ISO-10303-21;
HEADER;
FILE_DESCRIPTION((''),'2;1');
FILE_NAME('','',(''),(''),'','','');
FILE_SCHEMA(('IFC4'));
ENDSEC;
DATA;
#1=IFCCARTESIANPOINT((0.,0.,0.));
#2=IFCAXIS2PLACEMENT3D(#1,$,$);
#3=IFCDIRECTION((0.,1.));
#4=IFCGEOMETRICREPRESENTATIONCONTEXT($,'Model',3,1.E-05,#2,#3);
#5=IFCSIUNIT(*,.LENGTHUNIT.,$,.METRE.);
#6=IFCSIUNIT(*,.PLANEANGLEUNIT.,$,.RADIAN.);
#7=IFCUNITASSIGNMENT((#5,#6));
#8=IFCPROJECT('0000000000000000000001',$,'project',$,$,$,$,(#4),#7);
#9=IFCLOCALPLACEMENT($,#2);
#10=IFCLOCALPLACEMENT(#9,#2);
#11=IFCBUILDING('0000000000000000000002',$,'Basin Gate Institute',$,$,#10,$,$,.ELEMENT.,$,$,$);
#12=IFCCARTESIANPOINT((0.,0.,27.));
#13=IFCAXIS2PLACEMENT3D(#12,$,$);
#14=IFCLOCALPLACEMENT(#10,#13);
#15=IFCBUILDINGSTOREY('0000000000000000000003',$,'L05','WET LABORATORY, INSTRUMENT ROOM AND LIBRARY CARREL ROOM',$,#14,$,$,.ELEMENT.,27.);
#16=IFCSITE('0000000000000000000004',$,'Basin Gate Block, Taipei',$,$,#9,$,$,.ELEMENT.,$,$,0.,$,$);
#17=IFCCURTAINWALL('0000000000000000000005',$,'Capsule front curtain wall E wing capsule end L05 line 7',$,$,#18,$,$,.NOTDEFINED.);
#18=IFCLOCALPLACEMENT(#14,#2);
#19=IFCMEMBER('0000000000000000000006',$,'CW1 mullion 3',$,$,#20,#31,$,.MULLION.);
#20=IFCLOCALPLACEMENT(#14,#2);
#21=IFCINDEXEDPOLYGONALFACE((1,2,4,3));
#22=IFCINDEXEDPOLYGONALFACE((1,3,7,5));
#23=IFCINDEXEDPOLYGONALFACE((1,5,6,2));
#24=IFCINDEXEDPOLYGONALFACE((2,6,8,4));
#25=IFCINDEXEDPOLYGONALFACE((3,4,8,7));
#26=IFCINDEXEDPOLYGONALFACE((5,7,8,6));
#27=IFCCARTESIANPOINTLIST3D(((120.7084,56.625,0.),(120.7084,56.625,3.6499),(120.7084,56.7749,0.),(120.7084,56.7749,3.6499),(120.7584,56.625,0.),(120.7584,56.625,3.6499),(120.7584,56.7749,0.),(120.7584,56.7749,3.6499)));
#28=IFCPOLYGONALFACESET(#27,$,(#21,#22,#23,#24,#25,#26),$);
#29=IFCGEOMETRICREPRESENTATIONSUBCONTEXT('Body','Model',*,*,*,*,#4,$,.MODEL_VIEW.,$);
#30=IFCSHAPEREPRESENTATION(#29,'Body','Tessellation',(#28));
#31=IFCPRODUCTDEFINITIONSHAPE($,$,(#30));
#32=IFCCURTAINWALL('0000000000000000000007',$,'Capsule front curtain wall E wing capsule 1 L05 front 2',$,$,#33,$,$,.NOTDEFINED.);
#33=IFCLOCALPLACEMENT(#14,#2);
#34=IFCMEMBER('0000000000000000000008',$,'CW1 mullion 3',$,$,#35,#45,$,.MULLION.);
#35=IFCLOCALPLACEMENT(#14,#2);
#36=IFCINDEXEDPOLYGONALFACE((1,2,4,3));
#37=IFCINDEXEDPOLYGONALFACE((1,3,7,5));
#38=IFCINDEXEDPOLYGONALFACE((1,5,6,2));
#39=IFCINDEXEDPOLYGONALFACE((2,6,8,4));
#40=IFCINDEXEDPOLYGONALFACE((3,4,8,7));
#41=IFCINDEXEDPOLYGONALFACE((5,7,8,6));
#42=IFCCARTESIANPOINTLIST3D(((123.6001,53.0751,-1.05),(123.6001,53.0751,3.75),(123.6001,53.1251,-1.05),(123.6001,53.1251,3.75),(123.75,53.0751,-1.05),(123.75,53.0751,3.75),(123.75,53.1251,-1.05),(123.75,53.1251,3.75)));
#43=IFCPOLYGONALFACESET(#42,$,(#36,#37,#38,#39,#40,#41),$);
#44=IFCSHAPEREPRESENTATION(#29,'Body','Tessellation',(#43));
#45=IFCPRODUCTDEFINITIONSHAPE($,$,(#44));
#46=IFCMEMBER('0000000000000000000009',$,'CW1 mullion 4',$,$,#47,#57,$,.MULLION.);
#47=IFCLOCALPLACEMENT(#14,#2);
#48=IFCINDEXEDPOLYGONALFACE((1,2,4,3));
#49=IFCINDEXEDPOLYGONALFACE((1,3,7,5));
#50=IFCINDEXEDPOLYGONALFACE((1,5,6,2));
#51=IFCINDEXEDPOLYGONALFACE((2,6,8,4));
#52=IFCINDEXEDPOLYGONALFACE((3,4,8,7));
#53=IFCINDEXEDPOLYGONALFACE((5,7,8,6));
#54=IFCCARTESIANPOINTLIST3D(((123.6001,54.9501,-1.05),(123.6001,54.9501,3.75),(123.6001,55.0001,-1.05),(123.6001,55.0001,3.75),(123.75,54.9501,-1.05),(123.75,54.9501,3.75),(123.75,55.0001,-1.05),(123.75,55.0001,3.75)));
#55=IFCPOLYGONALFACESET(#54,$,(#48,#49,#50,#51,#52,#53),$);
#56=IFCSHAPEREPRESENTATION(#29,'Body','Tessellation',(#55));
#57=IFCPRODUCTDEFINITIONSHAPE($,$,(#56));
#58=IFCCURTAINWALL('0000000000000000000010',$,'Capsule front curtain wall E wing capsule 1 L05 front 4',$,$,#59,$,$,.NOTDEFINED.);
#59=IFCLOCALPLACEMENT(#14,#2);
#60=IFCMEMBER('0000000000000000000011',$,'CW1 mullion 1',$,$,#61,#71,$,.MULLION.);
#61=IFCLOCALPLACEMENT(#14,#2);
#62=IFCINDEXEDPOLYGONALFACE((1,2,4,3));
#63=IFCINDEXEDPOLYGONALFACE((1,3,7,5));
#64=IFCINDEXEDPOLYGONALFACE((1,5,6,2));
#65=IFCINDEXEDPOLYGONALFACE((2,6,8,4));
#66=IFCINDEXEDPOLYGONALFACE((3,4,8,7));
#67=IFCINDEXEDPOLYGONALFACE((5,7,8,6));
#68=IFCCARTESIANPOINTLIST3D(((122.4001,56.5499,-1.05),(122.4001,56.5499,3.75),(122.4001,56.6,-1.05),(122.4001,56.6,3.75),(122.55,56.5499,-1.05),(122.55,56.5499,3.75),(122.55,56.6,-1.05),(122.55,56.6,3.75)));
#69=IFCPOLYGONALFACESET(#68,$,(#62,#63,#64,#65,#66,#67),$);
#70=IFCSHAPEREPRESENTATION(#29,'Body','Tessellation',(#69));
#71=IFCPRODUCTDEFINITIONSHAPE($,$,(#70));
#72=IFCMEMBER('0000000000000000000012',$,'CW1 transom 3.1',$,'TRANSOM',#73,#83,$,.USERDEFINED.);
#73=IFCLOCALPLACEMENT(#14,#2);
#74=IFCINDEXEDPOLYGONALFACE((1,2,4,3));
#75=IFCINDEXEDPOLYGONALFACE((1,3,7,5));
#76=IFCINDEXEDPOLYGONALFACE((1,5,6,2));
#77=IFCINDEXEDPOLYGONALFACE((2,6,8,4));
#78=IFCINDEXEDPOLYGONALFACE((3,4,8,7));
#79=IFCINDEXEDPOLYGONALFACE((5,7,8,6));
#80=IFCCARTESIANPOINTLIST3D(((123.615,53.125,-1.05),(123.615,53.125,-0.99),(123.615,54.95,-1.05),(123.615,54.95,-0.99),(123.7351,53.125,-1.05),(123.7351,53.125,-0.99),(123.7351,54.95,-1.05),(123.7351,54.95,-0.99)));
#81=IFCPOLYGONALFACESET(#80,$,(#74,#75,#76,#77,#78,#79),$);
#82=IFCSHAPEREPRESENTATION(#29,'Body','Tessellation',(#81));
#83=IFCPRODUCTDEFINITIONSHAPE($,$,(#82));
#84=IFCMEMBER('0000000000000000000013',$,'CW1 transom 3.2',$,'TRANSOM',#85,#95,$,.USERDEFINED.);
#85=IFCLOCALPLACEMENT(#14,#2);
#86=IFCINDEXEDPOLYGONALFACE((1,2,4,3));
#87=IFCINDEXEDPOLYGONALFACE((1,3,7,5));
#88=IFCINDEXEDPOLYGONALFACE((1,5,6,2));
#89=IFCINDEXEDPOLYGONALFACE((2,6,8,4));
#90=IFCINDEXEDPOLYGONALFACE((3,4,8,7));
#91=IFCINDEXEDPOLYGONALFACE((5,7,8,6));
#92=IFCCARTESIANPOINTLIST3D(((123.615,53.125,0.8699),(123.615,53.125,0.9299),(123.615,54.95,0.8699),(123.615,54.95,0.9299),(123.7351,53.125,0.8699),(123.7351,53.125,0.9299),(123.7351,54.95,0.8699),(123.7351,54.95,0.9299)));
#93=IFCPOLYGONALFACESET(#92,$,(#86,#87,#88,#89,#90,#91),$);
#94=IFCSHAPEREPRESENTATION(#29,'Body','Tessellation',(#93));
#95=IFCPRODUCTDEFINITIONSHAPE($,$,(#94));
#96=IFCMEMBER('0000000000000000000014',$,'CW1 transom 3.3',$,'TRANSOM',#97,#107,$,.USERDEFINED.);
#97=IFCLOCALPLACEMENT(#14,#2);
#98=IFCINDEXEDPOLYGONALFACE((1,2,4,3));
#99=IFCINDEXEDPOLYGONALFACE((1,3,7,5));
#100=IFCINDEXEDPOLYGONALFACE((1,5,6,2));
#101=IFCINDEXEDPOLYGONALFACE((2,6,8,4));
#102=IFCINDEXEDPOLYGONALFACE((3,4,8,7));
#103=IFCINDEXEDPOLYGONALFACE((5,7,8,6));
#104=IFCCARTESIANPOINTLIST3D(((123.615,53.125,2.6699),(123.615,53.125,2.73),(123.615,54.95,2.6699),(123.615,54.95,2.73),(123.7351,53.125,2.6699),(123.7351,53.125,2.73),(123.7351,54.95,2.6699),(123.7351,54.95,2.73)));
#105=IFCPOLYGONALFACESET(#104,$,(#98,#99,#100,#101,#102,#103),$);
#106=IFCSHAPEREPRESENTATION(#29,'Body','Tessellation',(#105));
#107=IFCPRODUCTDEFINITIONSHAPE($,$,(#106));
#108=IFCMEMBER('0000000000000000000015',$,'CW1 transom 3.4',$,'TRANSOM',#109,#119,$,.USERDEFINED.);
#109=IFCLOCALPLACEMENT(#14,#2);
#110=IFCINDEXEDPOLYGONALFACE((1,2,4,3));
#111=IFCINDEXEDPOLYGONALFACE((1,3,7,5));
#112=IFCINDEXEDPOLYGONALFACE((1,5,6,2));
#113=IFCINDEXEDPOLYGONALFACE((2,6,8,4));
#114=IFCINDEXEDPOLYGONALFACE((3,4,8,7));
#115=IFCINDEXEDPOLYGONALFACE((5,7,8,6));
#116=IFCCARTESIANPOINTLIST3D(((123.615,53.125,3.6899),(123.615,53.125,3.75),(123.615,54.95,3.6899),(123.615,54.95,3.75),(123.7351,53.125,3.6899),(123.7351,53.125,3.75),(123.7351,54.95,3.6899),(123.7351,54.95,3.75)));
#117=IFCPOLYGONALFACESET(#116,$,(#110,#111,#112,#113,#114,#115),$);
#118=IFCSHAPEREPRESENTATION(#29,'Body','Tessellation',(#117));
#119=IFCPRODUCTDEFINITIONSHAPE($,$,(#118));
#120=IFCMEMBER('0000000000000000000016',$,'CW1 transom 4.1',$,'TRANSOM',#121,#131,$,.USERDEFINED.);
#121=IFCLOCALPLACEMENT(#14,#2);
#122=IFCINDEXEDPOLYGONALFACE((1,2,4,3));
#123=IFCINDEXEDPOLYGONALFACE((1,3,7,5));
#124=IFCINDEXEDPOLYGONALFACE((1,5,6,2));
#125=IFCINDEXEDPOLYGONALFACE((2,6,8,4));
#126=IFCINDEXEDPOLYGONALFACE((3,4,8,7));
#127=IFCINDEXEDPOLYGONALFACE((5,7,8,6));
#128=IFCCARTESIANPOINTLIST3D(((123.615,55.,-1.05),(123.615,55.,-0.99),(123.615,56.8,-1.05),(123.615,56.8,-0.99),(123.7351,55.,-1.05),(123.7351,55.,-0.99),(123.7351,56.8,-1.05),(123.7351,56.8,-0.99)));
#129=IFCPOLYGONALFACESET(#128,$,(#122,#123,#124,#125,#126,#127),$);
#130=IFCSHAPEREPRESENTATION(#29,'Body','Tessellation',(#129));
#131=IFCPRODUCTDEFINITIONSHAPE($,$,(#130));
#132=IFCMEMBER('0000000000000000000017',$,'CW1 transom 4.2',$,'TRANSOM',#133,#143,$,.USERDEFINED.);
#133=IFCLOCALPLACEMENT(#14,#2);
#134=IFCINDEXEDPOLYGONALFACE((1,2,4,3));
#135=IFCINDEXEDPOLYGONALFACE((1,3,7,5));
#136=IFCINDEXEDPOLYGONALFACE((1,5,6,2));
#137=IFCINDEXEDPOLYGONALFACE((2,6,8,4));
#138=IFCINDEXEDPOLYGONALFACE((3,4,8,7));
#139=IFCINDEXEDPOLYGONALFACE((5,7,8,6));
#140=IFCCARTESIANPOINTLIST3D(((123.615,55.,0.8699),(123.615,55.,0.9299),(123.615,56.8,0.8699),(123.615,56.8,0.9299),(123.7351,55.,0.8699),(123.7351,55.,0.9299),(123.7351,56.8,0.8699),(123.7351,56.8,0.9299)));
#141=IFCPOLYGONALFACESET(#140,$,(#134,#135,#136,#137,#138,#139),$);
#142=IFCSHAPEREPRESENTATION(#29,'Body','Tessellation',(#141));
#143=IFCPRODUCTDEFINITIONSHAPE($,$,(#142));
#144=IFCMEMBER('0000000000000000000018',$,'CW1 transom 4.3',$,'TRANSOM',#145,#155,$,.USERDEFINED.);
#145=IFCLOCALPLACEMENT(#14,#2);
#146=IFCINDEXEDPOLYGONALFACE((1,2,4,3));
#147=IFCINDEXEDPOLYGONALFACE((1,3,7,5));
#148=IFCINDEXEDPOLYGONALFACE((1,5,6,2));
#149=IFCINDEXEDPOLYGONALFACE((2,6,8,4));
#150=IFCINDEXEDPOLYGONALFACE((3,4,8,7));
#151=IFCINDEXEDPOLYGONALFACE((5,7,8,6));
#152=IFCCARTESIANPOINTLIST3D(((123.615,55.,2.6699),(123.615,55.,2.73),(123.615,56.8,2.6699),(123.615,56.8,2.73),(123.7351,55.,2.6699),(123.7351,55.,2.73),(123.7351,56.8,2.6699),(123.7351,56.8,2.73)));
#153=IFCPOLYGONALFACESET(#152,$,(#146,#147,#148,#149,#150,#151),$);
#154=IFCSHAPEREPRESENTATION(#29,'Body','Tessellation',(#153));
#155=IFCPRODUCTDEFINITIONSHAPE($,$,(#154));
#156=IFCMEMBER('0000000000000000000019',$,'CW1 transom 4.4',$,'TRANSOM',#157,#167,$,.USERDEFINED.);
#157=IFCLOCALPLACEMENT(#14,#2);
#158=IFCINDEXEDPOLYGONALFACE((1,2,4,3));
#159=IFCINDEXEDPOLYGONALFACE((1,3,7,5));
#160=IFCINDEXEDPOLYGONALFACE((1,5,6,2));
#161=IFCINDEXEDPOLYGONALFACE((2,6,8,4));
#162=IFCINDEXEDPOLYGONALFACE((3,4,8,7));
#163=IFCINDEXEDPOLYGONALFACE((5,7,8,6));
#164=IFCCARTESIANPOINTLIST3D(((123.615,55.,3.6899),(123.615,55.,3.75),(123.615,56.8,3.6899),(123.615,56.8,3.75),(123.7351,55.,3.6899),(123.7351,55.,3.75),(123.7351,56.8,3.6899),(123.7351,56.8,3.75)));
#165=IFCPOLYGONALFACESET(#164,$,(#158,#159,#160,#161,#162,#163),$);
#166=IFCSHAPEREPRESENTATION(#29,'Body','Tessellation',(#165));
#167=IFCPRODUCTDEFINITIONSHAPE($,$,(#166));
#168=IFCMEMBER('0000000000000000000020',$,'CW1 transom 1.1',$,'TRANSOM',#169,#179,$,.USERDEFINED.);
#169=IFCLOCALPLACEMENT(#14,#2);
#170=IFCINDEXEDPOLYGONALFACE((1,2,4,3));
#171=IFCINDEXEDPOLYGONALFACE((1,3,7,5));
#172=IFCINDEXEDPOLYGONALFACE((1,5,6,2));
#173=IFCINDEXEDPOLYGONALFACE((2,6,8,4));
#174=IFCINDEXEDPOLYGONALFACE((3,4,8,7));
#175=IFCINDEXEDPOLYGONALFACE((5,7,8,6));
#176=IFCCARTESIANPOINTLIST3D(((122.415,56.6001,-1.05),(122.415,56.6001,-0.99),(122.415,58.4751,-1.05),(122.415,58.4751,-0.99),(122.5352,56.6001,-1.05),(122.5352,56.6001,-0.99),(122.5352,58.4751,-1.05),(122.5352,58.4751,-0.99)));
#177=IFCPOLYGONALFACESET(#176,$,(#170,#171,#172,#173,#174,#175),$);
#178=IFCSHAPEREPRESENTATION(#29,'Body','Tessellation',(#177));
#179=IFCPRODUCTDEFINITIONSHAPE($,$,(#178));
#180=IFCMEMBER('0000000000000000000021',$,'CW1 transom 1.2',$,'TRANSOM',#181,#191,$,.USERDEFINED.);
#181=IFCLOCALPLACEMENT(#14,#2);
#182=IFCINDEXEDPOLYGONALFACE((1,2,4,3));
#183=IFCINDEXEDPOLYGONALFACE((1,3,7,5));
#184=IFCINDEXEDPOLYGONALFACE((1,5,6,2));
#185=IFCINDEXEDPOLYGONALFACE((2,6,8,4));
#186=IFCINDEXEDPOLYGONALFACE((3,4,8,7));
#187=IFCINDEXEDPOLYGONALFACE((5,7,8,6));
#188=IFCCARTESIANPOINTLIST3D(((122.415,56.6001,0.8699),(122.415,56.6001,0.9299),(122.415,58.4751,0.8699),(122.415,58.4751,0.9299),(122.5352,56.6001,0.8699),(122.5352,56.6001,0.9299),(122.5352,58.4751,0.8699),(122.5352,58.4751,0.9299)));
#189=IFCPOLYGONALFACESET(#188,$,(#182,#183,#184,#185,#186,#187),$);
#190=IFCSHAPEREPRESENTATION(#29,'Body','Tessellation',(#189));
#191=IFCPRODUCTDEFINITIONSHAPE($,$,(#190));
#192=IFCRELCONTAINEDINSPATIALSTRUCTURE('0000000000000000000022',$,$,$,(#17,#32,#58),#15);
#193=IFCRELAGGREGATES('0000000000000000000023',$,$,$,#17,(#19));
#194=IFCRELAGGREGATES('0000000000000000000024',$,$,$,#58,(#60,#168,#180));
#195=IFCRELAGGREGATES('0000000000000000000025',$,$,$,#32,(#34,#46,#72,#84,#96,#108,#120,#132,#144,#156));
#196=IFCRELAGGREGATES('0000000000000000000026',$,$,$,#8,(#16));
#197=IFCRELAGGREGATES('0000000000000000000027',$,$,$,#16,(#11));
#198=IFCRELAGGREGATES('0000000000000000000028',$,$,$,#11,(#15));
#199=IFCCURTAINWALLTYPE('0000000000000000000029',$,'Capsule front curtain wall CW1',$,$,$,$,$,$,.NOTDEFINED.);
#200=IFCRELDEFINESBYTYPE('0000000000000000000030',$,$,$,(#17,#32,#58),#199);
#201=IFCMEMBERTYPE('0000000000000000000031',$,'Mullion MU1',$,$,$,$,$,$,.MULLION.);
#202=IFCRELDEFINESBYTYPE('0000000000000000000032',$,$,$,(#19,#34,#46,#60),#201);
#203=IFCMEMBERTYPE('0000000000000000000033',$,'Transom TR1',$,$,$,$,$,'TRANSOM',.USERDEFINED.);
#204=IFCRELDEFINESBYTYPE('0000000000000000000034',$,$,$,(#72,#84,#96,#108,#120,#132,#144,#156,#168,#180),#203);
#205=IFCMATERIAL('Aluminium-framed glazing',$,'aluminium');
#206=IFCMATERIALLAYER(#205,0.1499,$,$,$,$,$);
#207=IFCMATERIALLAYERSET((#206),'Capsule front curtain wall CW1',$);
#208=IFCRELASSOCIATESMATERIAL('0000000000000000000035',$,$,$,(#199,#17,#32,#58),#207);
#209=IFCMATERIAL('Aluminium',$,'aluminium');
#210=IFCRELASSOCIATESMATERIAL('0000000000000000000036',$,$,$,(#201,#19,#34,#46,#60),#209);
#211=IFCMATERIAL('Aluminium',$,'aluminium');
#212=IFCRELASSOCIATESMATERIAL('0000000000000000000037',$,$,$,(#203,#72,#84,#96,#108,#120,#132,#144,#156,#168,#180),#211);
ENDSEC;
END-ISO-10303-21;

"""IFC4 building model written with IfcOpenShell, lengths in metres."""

from ifc_helpers import new_model, si_unit, direction, frame, origin, origin_2d, place, context, subcontext, project, spatial, rectangle, extrude, material, layer, layer_set, material_profile, profile_set, type_object, element, aggregate, save


model = new_model("IFC4")

# Units and contexts
model_context = context("Model", 3, precision=1e-05, world=origin(), true_north=direction((0.0, 1.0)))
body_context = subcontext(model_context, "Body", "Model", "MODEL_VIEW")
ifc_project = project(units=[si_unit("LENGTHUNIT", "METRE"), si_unit("PLANEANGLEUNIT", "RADIAN")], contexts=[model_context])

# Site, building, storey
site_placement = place(None, origin())
site = spatial("IfcSite", under=ifc_project, at=site_placement, Name="Basin Gate Block, Taipei", CompositionType="ELEMENT", RefElevation=0.0)
building_placement = place(site_placement, origin())
building = spatial("IfcBuilding", under=site, at=building_placement, Name="Basin Gate Institute", CompositionType="ELEMENT")
storey_placement = place(building_placement, frame((0.0, 0.0, 27.0)))
storey = spatial("IfcBuildingStorey", under=building, at=storey_placement, Name="L05", Description="WET LABORATORY, INSTRUMENT ROOM AND LIBRARY CARREL ROOM", CompositionType="ELEMENT", Elevation=27.0)

# Curtain wall, member
ifc_material_1 = material(Name="Aluminium-framed glazing", Category="aluminium")
ifc_layer_1 = layer(ifc_material_1, 0.1499)
ifc_layer_set_1 = layer_set([ifc_layer_1], Name="Capsule front curtain wall CW1")
curtain_wall_type = type_object("IfcCurtainWallType", Name="Capsule front curtain wall CW1", PredefinedType="NOTDEFINED", material=ifc_layer_set_1)
curtain_wall_1_placement = place(storey_placement, origin())
curtain_wall_1 = element("IfcCurtainWall", 1, at=curtain_wall_1_placement, inside=storey, type_object=curtain_wall_type, material=ifc_layer_set_1, Name="Capsule front curtain wall E wing capsule end L05 line 7", PredefinedType="NOTDEFINED")
ifc_material_2 = material(Name="Aluminium", Category="aluminium")
ifc_material_profile_1 = material_profile(ifc_material_2, rectangle(XDim=0.1499, YDim=0.05, at=origin_2d()), Name="Mullion MU1 150 x 50")
ifc_profile_set_1 = profile_set([ifc_material_profile_1], Name="Aluminium")
member_type_1 = type_object("IfcMemberType", Name="Mullion MU1", PredefinedType="MULLION", material=ifc_profile_set_1)
member_1_placement = place(storey_placement, frame((120.7334, 56.7, 0.0), z_axis=(0.0, 0.0, 1.0), x_axis=(0.0, -1.0, 0.0)))
member_1 = element("IfcMember", 2, at=member_1_placement, type_object=member_type_1, material=ifc_profile_set_1, Name="CW1 mullion 3", PredefinedType="MULLION", context=body_context, shape_type="SweptSolid", body=[
    extrude(rectangle(XDim=0.1499, YDim=0.05, at=origin_2d()), origin(), (0.0, 0.0, 1.0), 3.6499),
])
aggregate(curtain_wall_1, [member_1])

# Curtain wall, members
curtain_wall_2_placement = place(storey_placement, origin())
curtain_wall_2 = element("IfcCurtainWall", 3, at=curtain_wall_2_placement, inside=storey, type_object=curtain_wall_type, material=ifc_layer_set_1, Name="Capsule front curtain wall E wing capsule 1 L05 front 2", PredefinedType="NOTDEFINED")
member_2_placement = place(storey_placement, frame((123.675, 53.1001, -1.05), z_axis=(0.0, 0.0, 1.0), x_axis=(-1.0, 0.0, 0.0)))
member_2 = element("IfcMember", 4, at=member_2_placement, type_object=member_type_1, material=ifc_profile_set_1, Name="CW1 mullion 3", PredefinedType="MULLION", context=body_context, shape_type="SweptSolid", body=[
    extrude(rectangle(XDim=0.1499, YDim=0.05, at=origin_2d()), origin(), (0.0, 0.0, 1.0), 4.8),
])
member_3_placement = place(storey_placement, frame((123.675, 54.9751, -1.05), z_axis=(0.0, 0.0, 1.0), x_axis=(-1.0, 0.0, 0.0)))
member_3 = element("IfcMember", 5, at=member_3_placement, type_object=member_type_1, material=ifc_profile_set_1, Name="CW1 mullion 4", PredefinedType="MULLION", context=body_context, shape_type="SweptSolid", body=[
    extrude(rectangle(XDim=0.1499, YDim=0.05, at=origin_2d()), origin(), (0.0, 0.0, 1.0), 4.8),
])

# Curtain wall, member
curtain_wall_3_placement = place(storey_placement, origin())
curtain_wall_3 = element("IfcCurtainWall", 6, at=curtain_wall_3_placement, inside=storey, type_object=curtain_wall_type, material=ifc_layer_set_1, Name="Capsule front curtain wall E wing capsule 1 L05 front 4", PredefinedType="NOTDEFINED")
member_4_placement = place(storey_placement, frame((122.4751, 56.575, -1.05), z_axis=(0.0, 0.0, 1.0), x_axis=(-1.0, 0.0, 0.0)))
member_4 = element("IfcMember", 7, at=member_4_placement, type_object=member_type_1, material=ifc_profile_set_1, Name="CW1 mullion 1", PredefinedType="MULLION", context=body_context, shape_type="SweptSolid", body=[
    extrude(rectangle(XDim=0.1499, YDim=0.05, at=origin_2d()), origin(), (0.0, 0.0, 1.0), 4.8),
])

# Members
ifc_material_3 = material(Name="Aluminium", Category="aluminium")
ifc_material_profile_2 = material_profile(ifc_material_3, rectangle(XDim=0.1201, YDim=0.0601, at=origin_2d()), Name="Transom TR1 120 x 60")
ifc_profile_set_2 = profile_set([ifc_material_profile_2], Name="Aluminium")
member_type_2 = type_object("IfcMemberType", Name="Transom TR1", ElementType="TRANSOM", PredefinedType="USERDEFINED", material=ifc_profile_set_2)
member_5_placement = place(storey_placement, frame((123.675, 53.125, -1.02), z_axis=(0.0, 1.0, 0.0), x_axis=(-1.0, 0.0, 0.0)))
member_5 = element("IfcMember", 8, at=member_5_placement, type_object=member_type_2, material=ifc_profile_set_2, Name="CW1 transom 3.1", ObjectType="TRANSOM", PredefinedType="USERDEFINED", context=body_context, shape_type="SweptSolid", body=[
    extrude(rectangle(XDim=0.1201, YDim=0.0601, at=origin_2d()), origin(), (0.0, 0.0, 1.0), 1.825),
])
member_6_placement = place(storey_placement, frame((123.675, 53.125, 0.8999), z_axis=(0.0, 1.0, 0.0), x_axis=(-1.0, 0.0, 0.0)))
member_6 = element("IfcMember", 9, at=member_6_placement, type_object=member_type_2, material=ifc_profile_set_2, Name="CW1 transom 3.2", ObjectType="TRANSOM", PredefinedType="USERDEFINED", context=body_context, shape_type="SweptSolid", body=[
    extrude(rectangle(XDim=0.1201, YDim=0.0601, at=origin_2d()), origin(), (0.0, 0.0, 1.0), 1.825),
])
member_7_placement = place(storey_placement, frame((123.675, 53.125, 2.7), z_axis=(0.0, 1.0, 0.0), x_axis=(-1.0, 0.0, 0.0)))
member_7 = element("IfcMember", 10, at=member_7_placement, type_object=member_type_2, material=ifc_profile_set_2, Name="CW1 transom 3.3", ObjectType="TRANSOM", PredefinedType="USERDEFINED", context=body_context, shape_type="SweptSolid", body=[
    extrude(rectangle(XDim=0.1201, YDim=0.0601, at=origin_2d()), origin(), (0.0, 0.0, 1.0), 1.825),
])
member_8_placement = place(storey_placement, frame((123.675, 53.125, 3.72), z_axis=(0.0, 1.0, 0.0), x_axis=(-1.0, 0.0, 0.0)))
member_8 = element("IfcMember", 11, at=member_8_placement, type_object=member_type_2, material=ifc_profile_set_2, Name="CW1 transom 3.4", ObjectType="TRANSOM", PredefinedType="USERDEFINED", context=body_context, shape_type="SweptSolid", body=[
    extrude(rectangle(XDim=0.1201, YDim=0.0601, at=origin_2d()), origin(), (0.0, 0.0, 1.0), 1.825),
])
member_9_placement = place(storey_placement, frame((123.675, 55.0, -1.02), z_axis=(0.0, 1.0, 0.0), x_axis=(-1.0, 0.0, 0.0)))
member_9 = element("IfcMember", 12, at=member_9_placement, type_object=member_type_2, material=ifc_profile_set_2, Name="CW1 transom 4.1", ObjectType="TRANSOM", PredefinedType="USERDEFINED", context=body_context, shape_type="SweptSolid", body=[
    extrude(rectangle(XDim=0.1201, YDim=0.0601, at=origin_2d()), origin(), (0.0, 0.0, 1.0), 1.8),
])
member_10_placement = place(storey_placement, frame((123.675, 55.0, 0.8999), z_axis=(0.0, 1.0, 0.0), x_axis=(-1.0, 0.0, 0.0)))
member_10 = element("IfcMember", 13, at=member_10_placement, type_object=member_type_2, material=ifc_profile_set_2, Name="CW1 transom 4.2", ObjectType="TRANSOM", PredefinedType="USERDEFINED", context=body_context, shape_type="SweptSolid", body=[
    extrude(rectangle(XDim=0.1201, YDim=0.0601, at=origin_2d()), origin(), (0.0, 0.0, 1.0), 1.8),
])
member_11_placement = place(storey_placement, frame((123.675, 55.0, 2.7), z_axis=(0.0, 1.0, 0.0), x_axis=(-1.0, 0.0, 0.0)))
member_11 = element("IfcMember", 14, at=member_11_placement, type_object=member_type_2, material=ifc_profile_set_2, Name="CW1 transom 4.3", ObjectType="TRANSOM", PredefinedType="USERDEFINED", context=body_context, shape_type="SweptSolid", body=[
    extrude(rectangle(XDim=0.1201, YDim=0.0601, at=origin_2d()), origin(), (0.0, 0.0, 1.0), 1.8),
])
member_12_placement = place(storey_placement, frame((123.675, 55.0, 3.72), z_axis=(0.0, 1.0, 0.0), x_axis=(-1.0, 0.0, 0.0)))
member_12 = element("IfcMember", 15, at=member_12_placement, type_object=member_type_2, material=ifc_profile_set_2, Name="CW1 transom 4.4", ObjectType="TRANSOM", PredefinedType="USERDEFINED", context=body_context, shape_type="SweptSolid", body=[
    extrude(rectangle(XDim=0.1201, YDim=0.0601, at=origin_2d()), origin(), (0.0, 0.0, 1.0), 1.8),
])
member_13_placement = place(storey_placement, frame((122.4751, 56.6001, -1.02), z_axis=(0.0, 1.0, 0.0), x_axis=(-1.0, 0.0, 0.0)))
member_13 = element("IfcMember", 16, at=member_13_placement, type_object=member_type_2, material=ifc_profile_set_2, Name="CW1 transom 1.1", ObjectType="TRANSOM", PredefinedType="USERDEFINED", context=body_context, shape_type="SweptSolid", body=[
    extrude(rectangle(XDim=0.1201, YDim=0.0601, at=origin_2d()), origin(), (0.0, 0.0, 1.0), 1.875),
])
member_14_placement = place(storey_placement, frame((122.4751, 56.6001, 0.8999), z_axis=(0.0, 1.0, 0.0), x_axis=(-1.0, 0.0, 0.0)))
member_14 = element("IfcMember", 17, at=member_14_placement, type_object=member_type_2, material=ifc_profile_set_2, Name="CW1 transom 1.2", ObjectType="TRANSOM", PredefinedType="USERDEFINED", context=body_context, shape_type="SweptSolid", body=[
    extrude(rectangle(XDim=0.1201, YDim=0.0601, at=origin_2d()), origin(), (0.0, 0.0, 1.0), 1.875),
])
aggregate(curtain_wall_3, [member_4, member_13, member_14])

aggregate(curtain_wall_2, [member_2, member_3, member_5, member_6, member_7, member_8, member_9, member_10, member_11, member_12])

save(model, "model.ifc")
